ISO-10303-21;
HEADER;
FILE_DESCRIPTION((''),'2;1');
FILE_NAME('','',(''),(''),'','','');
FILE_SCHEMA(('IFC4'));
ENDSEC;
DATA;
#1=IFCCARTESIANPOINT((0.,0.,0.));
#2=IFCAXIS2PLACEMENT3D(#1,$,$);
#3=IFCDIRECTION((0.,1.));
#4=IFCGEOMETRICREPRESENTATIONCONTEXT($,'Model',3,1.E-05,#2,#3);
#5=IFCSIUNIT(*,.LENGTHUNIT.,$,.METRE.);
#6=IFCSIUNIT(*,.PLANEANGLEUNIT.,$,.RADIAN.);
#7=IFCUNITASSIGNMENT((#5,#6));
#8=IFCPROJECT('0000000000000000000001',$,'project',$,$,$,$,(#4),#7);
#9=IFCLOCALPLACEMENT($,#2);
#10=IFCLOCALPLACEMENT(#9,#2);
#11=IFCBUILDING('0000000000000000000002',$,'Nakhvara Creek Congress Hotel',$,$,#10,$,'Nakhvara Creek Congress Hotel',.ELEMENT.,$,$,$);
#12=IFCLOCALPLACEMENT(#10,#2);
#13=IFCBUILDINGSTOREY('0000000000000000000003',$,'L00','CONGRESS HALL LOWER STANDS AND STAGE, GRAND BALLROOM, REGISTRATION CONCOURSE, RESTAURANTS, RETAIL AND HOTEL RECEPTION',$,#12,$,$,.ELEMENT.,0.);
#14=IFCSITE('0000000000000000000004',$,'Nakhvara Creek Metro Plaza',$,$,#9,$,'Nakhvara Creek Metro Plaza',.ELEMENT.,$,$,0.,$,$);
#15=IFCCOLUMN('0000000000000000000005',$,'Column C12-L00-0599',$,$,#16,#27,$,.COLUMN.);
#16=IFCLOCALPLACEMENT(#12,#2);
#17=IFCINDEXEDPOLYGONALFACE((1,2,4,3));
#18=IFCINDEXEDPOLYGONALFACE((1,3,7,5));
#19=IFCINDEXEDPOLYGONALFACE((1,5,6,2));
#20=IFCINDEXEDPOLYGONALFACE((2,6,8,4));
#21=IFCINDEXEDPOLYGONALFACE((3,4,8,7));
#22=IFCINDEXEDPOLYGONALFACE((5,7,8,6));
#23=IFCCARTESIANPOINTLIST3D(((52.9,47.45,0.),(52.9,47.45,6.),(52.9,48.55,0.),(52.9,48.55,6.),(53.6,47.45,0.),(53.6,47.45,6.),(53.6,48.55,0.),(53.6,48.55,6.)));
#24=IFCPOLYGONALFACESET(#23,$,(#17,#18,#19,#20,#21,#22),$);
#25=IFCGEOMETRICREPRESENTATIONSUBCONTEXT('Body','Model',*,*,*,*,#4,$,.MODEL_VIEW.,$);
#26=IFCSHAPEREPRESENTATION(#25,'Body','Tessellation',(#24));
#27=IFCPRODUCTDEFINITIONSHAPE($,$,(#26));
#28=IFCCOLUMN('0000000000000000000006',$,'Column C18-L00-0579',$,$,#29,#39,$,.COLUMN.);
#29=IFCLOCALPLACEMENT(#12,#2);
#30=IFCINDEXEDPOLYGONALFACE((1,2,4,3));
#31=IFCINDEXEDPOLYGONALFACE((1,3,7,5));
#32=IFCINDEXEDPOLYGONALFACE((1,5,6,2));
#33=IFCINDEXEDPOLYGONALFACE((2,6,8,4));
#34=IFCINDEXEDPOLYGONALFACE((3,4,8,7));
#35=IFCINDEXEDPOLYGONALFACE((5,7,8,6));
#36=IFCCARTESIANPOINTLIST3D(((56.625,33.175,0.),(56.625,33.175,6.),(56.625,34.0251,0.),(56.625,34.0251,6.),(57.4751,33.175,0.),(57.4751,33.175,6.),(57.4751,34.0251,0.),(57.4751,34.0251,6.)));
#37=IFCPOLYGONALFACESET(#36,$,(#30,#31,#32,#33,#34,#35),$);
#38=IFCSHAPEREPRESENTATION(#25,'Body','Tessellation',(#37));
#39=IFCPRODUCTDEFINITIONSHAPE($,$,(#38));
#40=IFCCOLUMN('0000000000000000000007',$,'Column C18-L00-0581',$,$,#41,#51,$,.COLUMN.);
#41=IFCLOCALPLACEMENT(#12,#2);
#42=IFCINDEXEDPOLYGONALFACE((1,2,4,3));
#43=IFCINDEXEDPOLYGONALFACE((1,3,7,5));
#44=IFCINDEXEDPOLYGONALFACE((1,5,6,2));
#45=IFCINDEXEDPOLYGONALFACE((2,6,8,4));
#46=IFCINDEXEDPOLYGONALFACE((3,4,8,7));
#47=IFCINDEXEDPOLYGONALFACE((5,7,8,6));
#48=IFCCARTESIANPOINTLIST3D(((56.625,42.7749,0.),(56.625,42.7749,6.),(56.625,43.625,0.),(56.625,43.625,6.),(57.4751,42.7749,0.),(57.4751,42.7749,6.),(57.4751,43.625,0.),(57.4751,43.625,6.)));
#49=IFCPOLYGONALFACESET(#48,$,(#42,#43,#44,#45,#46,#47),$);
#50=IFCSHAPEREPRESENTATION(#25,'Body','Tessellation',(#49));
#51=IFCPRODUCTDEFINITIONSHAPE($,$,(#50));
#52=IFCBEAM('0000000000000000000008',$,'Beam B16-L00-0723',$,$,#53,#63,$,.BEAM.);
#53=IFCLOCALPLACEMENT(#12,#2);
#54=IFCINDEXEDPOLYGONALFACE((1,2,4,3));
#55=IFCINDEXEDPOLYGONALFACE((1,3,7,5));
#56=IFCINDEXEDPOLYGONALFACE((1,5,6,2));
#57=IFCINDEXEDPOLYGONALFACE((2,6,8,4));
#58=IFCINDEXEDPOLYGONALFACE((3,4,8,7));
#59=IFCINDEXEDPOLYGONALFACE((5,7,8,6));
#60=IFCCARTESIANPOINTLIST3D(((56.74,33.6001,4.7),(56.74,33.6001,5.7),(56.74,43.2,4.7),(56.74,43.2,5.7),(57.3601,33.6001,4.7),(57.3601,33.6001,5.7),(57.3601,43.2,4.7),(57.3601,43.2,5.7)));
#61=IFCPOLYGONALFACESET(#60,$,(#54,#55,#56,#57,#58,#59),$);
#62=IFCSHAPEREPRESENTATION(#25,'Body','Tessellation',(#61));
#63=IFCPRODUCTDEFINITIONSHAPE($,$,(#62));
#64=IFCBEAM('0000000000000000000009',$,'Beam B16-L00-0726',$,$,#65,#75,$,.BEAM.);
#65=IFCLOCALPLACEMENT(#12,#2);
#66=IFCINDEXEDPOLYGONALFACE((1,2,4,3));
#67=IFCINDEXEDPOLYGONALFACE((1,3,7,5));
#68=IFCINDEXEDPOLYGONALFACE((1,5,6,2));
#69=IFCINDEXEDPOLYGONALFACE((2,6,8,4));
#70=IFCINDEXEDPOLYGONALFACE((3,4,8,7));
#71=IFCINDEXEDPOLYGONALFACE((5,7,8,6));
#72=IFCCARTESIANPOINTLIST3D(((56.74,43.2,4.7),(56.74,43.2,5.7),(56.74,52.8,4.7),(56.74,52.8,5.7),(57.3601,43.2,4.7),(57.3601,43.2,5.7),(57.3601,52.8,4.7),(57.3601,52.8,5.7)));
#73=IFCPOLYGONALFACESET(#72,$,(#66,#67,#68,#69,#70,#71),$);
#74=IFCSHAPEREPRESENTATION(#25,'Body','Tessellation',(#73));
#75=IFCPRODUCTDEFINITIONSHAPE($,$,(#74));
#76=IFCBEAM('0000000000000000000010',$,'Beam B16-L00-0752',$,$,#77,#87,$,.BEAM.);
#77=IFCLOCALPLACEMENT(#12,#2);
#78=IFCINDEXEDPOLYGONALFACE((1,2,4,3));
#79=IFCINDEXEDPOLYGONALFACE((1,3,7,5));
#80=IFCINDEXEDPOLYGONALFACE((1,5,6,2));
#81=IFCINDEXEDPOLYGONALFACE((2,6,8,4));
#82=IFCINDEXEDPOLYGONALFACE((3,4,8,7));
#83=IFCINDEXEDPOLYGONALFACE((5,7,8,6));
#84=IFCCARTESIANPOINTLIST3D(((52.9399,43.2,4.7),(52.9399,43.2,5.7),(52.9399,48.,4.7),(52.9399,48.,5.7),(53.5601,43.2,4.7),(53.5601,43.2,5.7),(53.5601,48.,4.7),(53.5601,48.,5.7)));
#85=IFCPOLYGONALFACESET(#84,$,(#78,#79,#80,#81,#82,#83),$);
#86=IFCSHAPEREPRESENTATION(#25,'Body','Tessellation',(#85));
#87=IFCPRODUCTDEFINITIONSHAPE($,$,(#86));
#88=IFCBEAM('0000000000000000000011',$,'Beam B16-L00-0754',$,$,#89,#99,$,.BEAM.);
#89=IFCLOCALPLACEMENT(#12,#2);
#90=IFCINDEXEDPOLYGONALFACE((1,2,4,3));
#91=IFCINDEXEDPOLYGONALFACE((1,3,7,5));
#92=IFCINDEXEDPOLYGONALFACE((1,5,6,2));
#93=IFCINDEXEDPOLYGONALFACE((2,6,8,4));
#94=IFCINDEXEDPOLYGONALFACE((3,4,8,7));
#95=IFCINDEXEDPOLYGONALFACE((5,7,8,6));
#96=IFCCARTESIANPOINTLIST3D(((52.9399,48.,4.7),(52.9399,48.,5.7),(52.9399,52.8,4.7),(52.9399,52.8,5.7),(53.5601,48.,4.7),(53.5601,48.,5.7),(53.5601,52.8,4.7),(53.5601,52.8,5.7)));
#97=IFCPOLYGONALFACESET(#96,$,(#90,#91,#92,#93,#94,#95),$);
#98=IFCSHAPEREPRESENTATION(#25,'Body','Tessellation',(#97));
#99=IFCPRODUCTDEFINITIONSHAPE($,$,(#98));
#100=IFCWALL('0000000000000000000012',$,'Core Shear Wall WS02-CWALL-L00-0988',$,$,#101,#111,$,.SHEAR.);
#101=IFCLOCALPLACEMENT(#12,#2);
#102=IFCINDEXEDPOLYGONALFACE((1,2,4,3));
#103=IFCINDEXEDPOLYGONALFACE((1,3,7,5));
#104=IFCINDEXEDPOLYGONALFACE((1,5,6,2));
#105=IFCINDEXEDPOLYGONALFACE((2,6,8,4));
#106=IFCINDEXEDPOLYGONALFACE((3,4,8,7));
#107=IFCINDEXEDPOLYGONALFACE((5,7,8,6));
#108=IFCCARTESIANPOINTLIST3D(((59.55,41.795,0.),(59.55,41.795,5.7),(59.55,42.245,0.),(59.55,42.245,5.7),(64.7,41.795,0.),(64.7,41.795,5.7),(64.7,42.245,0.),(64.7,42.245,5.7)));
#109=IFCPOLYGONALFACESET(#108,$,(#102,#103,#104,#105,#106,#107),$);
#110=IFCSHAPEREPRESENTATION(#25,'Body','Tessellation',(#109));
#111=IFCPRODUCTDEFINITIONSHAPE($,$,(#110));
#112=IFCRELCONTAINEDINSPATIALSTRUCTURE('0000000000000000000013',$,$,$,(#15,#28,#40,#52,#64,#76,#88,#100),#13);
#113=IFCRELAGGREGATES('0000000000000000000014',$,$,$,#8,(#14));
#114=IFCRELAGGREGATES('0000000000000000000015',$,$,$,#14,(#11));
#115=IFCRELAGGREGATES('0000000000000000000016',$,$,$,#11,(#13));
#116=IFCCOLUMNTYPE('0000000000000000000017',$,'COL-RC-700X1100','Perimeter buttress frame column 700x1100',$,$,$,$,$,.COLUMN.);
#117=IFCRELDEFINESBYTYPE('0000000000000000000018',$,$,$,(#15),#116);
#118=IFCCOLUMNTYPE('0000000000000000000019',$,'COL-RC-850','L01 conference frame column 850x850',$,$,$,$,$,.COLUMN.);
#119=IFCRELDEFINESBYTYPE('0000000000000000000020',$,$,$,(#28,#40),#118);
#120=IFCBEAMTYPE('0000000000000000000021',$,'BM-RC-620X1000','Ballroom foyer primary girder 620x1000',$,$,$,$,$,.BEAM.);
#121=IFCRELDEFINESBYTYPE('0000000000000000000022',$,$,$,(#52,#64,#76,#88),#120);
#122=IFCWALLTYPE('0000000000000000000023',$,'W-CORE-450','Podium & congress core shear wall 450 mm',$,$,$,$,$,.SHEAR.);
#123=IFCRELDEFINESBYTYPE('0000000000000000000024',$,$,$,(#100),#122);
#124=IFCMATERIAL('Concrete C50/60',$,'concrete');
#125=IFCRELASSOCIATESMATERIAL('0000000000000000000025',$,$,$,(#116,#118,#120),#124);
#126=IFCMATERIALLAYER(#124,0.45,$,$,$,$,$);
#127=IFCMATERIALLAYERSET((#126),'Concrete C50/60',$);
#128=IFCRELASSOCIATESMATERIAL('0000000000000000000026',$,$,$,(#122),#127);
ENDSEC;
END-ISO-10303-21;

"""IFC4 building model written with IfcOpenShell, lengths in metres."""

from ifc_helpers import new_model, si_unit, direction, frame, frame_2d, origin, origin_2d, place, context, subcontext, project, spatial, rectangle, extrude, material, layer, layer_set, material_profile, profile_set, type_object, element, save


model = new_model("IFC4")

# Units and contexts
model_context = context("Model", 3, precision=1e-05, world=origin(), true_north=direction((0.0, 1.0)))
body_context = subcontext(model_context, "Body", "Model", "MODEL_VIEW")
ifc_project = project(units=[si_unit("LENGTHUNIT", "METRE"), si_unit("PLANEANGLEUNIT", "RADIAN")], contexts=[model_context])

# Site, building, storey
site_placement = place(None, origin())
site = spatial("IfcSite", under=ifc_project, at=site_placement, Name="Nakhvara Creek Metro Plaza", LongName="Nakhvara Creek Metro Plaza", CompositionType="ELEMENT", RefElevation=0.0)
building_placement = place(site_placement, origin())
building = spatial("IfcBuilding", under=site, at=building_placement, Name="Nakhvara Creek Congress Hotel", LongName="Nakhvara Creek Congress Hotel", CompositionType="ELEMENT")
storey_placement = place(building_placement, origin())
storey = spatial("IfcBuildingStorey", under=building, at=storey_placement, Name="L00", Description="CONGRESS HALL LOWER STANDS AND STAGE, GRAND BALLROOM, REGISTRATION CONCOURSE, RESTAURANTS, RETAIL AND HOTEL RECEPTION", CompositionType="ELEMENT", Elevation=0.0)

# Columns
ifc_material_1 = material(Name="Concrete C50/60", Category="concrete")
ifc_material_profile_1 = material_profile(ifc_material_1, rectangle(XDim=0.7, YDim=1.1001, at=origin_2d()), Name="RC-COL 700x1100", Category="LoadBearing")
ifc_profile_set_1 = profile_set([ifc_material_profile_1], Name="Concrete C50/60")
column_type_1 = type_object("IfcColumnType", Name="COL-RC-700X1100", Description="Perimeter buttress frame column 700x1100", PredefinedType="COLUMN", material=ifc_profile_set_1)
column_placement = place(storey_placement, frame((53.25, 48.0, 0.0), z_axis=(0.0, 0.0, 1.0), x_axis=(1.0, 0.0, 0.0)))
element("IfcColumn", 1, at=column_placement, inside=storey, type_object=column_type_1, Name="Column C12-L00-0599", PredefinedType="COLUMN", context=body_context, shape_type="SweptSolid", body=[
    extrude(rectangle(XDim=0.7, YDim=1.1001, at=origin_2d()), origin(), (0.0, 0.0, 1.0), 6.0),
])
ifc_material_profile_2 = material_profile(ifc_material_1, rectangle(XDim=0.8501, YDim=0.8501, at=origin_2d()), Name="RC-COL 850x850", Category="LoadBearing")
ifc_profile_set_2 = profile_set([ifc_material_profile_2], Name="Concrete C50/60")
column_type_2 = type_object("IfcColumnType", Name="COL-RC-850", Description="L01 conference frame column 850x850", PredefinedType="COLUMN", material=ifc_profile_set_2)
for number, where, z_axis, x_axis, name in (
    (2, (57.05, 33.6001, 0.0), (0.0, 0.0, 1.0), (1.0, 0.0, 0.0), "Column C18-L00-0579"),
    (3, (57.05, 43.2, 0.0), (0.0, 0.0, 1.0), (1.0, 0.0, 0.0), "Column C18-L00-0581"),
):
    element("IfcColumn", number, at=place(storey_placement, frame(where, z_axis=z_axis, x_axis=x_axis)), inside=storey, type_object=column_type_2, Name=name, PredefinedType="COLUMN", context=body_context, shape_type="SweptSolid", body=[
        extrude(rectangle(XDim=0.8501, YDim=0.8501, at=origin_2d()), origin(), (0.0, 0.0, 1.0), 6.0),
    ])

# Beams
ifc_material_profile_3 = material_profile(ifc_material_1, rectangle(XDim=0.6201, YDim=1.0, at=origin_2d()), Name="RC-BM 620x1000", Category="LoadBearing")
ifc_profile_set_3 = profile_set([ifc_material_profile_3], Name="Concrete C50/60")
beam_type = type_object("IfcBeamType", Name="BM-RC-620X1000", Description="Ballroom foyer primary girder 620x1000", PredefinedType="BEAM", material=ifc_profile_set_3)
beam_1_placement = place(storey_placement, frame((57.05, 33.6001, 5.2), z_axis=(0.0, 1.0, 0.0), x_axis=(-1.0, 0.0, 0.0)))
element("IfcBeam", 4, at=beam_1_placement, inside=storey, type_object=beam_type, Name="Beam B16-L00-0723", PredefinedType="BEAM", context=body_context, shape_type="SweptSolid", body=[
    extrude(rectangle(XDim=0.6201, YDim=1.0, at=origin_2d()), origin(), (0.0, 0.0, 1.0), 9.5999),
])
beam_2_placement = place(storey_placement, frame((57.05, 43.2, 5.2), z_axis=(0.0, 1.0, 0.0), x_axis=(-1.0, 0.0, 0.0)))
element("IfcBeam", 5, at=beam_2_placement, inside=storey, type_object=beam_type, Name="Beam B16-L00-0726", PredefinedType="BEAM", context=body_context, shape_type="SweptSolid", body=[
    extrude(rectangle(XDim=0.6201, YDim=1.0, at=origin_2d()), origin(), (0.0, 0.0, 1.0), 9.6001),
])
for number, where, z_axis, x_axis, name in (
    (6, (53.25, 43.2, 5.2), (0.0, 1.0, 0.0), (-1.0, 0.0, 0.0), "Beam B16-L00-0752"),
    (7, (53.25, 48.0, 5.2), (0.0, 1.0, 0.0), (-1.0, 0.0, 0.0), "Beam B16-L00-0754"),
):
    element("IfcBeam", number, at=place(storey_placement, frame(where, z_axis=z_axis, x_axis=x_axis)), inside=storey, type_object=beam_type, Name=name, PredefinedType="BEAM", context=body_context, shape_type="SweptSolid", body=[
        extrude(rectangle(XDim=0.6201, YDim=1.0, at=origin_2d()), origin(), (0.0, 0.0, 1.0), 4.8),
    ])

# Wall
ifc_layer_1 = layer(ifc_material_1, 0.45)
ifc_layer_set_1 = layer_set([ifc_layer_1], Name="Concrete C50/60")
wall_type_1 = type_object("IfcWallType", Name="W-CORE-450", Description="Podium & congress core shear wall 450 mm", PredefinedType="SHEAR", material=ifc_layer_set_1)
wall_1_placement = place(storey_placement, frame((59.55, 42.02, 0.0), z_axis=(0.0, 0.0, 1.0), x_axis=(1.0, 0.0, 0.0)))
element("IfcWall", 8, at=wall_1_placement, inside=storey, type_object=wall_type_1, Name="Core Shear Wall WS02-CWALL-L00-0988", PredefinedType="SHEAR", context=body_context, shape_type="SweptSolid", body=[
    extrude(rectangle(XDim=5.1499, YDim=0.45, at=frame_2d((2.575, 0.0))), origin(), (0.0, 0.0, 1.0), 5.7),
])

save(model, "model.ifc")
